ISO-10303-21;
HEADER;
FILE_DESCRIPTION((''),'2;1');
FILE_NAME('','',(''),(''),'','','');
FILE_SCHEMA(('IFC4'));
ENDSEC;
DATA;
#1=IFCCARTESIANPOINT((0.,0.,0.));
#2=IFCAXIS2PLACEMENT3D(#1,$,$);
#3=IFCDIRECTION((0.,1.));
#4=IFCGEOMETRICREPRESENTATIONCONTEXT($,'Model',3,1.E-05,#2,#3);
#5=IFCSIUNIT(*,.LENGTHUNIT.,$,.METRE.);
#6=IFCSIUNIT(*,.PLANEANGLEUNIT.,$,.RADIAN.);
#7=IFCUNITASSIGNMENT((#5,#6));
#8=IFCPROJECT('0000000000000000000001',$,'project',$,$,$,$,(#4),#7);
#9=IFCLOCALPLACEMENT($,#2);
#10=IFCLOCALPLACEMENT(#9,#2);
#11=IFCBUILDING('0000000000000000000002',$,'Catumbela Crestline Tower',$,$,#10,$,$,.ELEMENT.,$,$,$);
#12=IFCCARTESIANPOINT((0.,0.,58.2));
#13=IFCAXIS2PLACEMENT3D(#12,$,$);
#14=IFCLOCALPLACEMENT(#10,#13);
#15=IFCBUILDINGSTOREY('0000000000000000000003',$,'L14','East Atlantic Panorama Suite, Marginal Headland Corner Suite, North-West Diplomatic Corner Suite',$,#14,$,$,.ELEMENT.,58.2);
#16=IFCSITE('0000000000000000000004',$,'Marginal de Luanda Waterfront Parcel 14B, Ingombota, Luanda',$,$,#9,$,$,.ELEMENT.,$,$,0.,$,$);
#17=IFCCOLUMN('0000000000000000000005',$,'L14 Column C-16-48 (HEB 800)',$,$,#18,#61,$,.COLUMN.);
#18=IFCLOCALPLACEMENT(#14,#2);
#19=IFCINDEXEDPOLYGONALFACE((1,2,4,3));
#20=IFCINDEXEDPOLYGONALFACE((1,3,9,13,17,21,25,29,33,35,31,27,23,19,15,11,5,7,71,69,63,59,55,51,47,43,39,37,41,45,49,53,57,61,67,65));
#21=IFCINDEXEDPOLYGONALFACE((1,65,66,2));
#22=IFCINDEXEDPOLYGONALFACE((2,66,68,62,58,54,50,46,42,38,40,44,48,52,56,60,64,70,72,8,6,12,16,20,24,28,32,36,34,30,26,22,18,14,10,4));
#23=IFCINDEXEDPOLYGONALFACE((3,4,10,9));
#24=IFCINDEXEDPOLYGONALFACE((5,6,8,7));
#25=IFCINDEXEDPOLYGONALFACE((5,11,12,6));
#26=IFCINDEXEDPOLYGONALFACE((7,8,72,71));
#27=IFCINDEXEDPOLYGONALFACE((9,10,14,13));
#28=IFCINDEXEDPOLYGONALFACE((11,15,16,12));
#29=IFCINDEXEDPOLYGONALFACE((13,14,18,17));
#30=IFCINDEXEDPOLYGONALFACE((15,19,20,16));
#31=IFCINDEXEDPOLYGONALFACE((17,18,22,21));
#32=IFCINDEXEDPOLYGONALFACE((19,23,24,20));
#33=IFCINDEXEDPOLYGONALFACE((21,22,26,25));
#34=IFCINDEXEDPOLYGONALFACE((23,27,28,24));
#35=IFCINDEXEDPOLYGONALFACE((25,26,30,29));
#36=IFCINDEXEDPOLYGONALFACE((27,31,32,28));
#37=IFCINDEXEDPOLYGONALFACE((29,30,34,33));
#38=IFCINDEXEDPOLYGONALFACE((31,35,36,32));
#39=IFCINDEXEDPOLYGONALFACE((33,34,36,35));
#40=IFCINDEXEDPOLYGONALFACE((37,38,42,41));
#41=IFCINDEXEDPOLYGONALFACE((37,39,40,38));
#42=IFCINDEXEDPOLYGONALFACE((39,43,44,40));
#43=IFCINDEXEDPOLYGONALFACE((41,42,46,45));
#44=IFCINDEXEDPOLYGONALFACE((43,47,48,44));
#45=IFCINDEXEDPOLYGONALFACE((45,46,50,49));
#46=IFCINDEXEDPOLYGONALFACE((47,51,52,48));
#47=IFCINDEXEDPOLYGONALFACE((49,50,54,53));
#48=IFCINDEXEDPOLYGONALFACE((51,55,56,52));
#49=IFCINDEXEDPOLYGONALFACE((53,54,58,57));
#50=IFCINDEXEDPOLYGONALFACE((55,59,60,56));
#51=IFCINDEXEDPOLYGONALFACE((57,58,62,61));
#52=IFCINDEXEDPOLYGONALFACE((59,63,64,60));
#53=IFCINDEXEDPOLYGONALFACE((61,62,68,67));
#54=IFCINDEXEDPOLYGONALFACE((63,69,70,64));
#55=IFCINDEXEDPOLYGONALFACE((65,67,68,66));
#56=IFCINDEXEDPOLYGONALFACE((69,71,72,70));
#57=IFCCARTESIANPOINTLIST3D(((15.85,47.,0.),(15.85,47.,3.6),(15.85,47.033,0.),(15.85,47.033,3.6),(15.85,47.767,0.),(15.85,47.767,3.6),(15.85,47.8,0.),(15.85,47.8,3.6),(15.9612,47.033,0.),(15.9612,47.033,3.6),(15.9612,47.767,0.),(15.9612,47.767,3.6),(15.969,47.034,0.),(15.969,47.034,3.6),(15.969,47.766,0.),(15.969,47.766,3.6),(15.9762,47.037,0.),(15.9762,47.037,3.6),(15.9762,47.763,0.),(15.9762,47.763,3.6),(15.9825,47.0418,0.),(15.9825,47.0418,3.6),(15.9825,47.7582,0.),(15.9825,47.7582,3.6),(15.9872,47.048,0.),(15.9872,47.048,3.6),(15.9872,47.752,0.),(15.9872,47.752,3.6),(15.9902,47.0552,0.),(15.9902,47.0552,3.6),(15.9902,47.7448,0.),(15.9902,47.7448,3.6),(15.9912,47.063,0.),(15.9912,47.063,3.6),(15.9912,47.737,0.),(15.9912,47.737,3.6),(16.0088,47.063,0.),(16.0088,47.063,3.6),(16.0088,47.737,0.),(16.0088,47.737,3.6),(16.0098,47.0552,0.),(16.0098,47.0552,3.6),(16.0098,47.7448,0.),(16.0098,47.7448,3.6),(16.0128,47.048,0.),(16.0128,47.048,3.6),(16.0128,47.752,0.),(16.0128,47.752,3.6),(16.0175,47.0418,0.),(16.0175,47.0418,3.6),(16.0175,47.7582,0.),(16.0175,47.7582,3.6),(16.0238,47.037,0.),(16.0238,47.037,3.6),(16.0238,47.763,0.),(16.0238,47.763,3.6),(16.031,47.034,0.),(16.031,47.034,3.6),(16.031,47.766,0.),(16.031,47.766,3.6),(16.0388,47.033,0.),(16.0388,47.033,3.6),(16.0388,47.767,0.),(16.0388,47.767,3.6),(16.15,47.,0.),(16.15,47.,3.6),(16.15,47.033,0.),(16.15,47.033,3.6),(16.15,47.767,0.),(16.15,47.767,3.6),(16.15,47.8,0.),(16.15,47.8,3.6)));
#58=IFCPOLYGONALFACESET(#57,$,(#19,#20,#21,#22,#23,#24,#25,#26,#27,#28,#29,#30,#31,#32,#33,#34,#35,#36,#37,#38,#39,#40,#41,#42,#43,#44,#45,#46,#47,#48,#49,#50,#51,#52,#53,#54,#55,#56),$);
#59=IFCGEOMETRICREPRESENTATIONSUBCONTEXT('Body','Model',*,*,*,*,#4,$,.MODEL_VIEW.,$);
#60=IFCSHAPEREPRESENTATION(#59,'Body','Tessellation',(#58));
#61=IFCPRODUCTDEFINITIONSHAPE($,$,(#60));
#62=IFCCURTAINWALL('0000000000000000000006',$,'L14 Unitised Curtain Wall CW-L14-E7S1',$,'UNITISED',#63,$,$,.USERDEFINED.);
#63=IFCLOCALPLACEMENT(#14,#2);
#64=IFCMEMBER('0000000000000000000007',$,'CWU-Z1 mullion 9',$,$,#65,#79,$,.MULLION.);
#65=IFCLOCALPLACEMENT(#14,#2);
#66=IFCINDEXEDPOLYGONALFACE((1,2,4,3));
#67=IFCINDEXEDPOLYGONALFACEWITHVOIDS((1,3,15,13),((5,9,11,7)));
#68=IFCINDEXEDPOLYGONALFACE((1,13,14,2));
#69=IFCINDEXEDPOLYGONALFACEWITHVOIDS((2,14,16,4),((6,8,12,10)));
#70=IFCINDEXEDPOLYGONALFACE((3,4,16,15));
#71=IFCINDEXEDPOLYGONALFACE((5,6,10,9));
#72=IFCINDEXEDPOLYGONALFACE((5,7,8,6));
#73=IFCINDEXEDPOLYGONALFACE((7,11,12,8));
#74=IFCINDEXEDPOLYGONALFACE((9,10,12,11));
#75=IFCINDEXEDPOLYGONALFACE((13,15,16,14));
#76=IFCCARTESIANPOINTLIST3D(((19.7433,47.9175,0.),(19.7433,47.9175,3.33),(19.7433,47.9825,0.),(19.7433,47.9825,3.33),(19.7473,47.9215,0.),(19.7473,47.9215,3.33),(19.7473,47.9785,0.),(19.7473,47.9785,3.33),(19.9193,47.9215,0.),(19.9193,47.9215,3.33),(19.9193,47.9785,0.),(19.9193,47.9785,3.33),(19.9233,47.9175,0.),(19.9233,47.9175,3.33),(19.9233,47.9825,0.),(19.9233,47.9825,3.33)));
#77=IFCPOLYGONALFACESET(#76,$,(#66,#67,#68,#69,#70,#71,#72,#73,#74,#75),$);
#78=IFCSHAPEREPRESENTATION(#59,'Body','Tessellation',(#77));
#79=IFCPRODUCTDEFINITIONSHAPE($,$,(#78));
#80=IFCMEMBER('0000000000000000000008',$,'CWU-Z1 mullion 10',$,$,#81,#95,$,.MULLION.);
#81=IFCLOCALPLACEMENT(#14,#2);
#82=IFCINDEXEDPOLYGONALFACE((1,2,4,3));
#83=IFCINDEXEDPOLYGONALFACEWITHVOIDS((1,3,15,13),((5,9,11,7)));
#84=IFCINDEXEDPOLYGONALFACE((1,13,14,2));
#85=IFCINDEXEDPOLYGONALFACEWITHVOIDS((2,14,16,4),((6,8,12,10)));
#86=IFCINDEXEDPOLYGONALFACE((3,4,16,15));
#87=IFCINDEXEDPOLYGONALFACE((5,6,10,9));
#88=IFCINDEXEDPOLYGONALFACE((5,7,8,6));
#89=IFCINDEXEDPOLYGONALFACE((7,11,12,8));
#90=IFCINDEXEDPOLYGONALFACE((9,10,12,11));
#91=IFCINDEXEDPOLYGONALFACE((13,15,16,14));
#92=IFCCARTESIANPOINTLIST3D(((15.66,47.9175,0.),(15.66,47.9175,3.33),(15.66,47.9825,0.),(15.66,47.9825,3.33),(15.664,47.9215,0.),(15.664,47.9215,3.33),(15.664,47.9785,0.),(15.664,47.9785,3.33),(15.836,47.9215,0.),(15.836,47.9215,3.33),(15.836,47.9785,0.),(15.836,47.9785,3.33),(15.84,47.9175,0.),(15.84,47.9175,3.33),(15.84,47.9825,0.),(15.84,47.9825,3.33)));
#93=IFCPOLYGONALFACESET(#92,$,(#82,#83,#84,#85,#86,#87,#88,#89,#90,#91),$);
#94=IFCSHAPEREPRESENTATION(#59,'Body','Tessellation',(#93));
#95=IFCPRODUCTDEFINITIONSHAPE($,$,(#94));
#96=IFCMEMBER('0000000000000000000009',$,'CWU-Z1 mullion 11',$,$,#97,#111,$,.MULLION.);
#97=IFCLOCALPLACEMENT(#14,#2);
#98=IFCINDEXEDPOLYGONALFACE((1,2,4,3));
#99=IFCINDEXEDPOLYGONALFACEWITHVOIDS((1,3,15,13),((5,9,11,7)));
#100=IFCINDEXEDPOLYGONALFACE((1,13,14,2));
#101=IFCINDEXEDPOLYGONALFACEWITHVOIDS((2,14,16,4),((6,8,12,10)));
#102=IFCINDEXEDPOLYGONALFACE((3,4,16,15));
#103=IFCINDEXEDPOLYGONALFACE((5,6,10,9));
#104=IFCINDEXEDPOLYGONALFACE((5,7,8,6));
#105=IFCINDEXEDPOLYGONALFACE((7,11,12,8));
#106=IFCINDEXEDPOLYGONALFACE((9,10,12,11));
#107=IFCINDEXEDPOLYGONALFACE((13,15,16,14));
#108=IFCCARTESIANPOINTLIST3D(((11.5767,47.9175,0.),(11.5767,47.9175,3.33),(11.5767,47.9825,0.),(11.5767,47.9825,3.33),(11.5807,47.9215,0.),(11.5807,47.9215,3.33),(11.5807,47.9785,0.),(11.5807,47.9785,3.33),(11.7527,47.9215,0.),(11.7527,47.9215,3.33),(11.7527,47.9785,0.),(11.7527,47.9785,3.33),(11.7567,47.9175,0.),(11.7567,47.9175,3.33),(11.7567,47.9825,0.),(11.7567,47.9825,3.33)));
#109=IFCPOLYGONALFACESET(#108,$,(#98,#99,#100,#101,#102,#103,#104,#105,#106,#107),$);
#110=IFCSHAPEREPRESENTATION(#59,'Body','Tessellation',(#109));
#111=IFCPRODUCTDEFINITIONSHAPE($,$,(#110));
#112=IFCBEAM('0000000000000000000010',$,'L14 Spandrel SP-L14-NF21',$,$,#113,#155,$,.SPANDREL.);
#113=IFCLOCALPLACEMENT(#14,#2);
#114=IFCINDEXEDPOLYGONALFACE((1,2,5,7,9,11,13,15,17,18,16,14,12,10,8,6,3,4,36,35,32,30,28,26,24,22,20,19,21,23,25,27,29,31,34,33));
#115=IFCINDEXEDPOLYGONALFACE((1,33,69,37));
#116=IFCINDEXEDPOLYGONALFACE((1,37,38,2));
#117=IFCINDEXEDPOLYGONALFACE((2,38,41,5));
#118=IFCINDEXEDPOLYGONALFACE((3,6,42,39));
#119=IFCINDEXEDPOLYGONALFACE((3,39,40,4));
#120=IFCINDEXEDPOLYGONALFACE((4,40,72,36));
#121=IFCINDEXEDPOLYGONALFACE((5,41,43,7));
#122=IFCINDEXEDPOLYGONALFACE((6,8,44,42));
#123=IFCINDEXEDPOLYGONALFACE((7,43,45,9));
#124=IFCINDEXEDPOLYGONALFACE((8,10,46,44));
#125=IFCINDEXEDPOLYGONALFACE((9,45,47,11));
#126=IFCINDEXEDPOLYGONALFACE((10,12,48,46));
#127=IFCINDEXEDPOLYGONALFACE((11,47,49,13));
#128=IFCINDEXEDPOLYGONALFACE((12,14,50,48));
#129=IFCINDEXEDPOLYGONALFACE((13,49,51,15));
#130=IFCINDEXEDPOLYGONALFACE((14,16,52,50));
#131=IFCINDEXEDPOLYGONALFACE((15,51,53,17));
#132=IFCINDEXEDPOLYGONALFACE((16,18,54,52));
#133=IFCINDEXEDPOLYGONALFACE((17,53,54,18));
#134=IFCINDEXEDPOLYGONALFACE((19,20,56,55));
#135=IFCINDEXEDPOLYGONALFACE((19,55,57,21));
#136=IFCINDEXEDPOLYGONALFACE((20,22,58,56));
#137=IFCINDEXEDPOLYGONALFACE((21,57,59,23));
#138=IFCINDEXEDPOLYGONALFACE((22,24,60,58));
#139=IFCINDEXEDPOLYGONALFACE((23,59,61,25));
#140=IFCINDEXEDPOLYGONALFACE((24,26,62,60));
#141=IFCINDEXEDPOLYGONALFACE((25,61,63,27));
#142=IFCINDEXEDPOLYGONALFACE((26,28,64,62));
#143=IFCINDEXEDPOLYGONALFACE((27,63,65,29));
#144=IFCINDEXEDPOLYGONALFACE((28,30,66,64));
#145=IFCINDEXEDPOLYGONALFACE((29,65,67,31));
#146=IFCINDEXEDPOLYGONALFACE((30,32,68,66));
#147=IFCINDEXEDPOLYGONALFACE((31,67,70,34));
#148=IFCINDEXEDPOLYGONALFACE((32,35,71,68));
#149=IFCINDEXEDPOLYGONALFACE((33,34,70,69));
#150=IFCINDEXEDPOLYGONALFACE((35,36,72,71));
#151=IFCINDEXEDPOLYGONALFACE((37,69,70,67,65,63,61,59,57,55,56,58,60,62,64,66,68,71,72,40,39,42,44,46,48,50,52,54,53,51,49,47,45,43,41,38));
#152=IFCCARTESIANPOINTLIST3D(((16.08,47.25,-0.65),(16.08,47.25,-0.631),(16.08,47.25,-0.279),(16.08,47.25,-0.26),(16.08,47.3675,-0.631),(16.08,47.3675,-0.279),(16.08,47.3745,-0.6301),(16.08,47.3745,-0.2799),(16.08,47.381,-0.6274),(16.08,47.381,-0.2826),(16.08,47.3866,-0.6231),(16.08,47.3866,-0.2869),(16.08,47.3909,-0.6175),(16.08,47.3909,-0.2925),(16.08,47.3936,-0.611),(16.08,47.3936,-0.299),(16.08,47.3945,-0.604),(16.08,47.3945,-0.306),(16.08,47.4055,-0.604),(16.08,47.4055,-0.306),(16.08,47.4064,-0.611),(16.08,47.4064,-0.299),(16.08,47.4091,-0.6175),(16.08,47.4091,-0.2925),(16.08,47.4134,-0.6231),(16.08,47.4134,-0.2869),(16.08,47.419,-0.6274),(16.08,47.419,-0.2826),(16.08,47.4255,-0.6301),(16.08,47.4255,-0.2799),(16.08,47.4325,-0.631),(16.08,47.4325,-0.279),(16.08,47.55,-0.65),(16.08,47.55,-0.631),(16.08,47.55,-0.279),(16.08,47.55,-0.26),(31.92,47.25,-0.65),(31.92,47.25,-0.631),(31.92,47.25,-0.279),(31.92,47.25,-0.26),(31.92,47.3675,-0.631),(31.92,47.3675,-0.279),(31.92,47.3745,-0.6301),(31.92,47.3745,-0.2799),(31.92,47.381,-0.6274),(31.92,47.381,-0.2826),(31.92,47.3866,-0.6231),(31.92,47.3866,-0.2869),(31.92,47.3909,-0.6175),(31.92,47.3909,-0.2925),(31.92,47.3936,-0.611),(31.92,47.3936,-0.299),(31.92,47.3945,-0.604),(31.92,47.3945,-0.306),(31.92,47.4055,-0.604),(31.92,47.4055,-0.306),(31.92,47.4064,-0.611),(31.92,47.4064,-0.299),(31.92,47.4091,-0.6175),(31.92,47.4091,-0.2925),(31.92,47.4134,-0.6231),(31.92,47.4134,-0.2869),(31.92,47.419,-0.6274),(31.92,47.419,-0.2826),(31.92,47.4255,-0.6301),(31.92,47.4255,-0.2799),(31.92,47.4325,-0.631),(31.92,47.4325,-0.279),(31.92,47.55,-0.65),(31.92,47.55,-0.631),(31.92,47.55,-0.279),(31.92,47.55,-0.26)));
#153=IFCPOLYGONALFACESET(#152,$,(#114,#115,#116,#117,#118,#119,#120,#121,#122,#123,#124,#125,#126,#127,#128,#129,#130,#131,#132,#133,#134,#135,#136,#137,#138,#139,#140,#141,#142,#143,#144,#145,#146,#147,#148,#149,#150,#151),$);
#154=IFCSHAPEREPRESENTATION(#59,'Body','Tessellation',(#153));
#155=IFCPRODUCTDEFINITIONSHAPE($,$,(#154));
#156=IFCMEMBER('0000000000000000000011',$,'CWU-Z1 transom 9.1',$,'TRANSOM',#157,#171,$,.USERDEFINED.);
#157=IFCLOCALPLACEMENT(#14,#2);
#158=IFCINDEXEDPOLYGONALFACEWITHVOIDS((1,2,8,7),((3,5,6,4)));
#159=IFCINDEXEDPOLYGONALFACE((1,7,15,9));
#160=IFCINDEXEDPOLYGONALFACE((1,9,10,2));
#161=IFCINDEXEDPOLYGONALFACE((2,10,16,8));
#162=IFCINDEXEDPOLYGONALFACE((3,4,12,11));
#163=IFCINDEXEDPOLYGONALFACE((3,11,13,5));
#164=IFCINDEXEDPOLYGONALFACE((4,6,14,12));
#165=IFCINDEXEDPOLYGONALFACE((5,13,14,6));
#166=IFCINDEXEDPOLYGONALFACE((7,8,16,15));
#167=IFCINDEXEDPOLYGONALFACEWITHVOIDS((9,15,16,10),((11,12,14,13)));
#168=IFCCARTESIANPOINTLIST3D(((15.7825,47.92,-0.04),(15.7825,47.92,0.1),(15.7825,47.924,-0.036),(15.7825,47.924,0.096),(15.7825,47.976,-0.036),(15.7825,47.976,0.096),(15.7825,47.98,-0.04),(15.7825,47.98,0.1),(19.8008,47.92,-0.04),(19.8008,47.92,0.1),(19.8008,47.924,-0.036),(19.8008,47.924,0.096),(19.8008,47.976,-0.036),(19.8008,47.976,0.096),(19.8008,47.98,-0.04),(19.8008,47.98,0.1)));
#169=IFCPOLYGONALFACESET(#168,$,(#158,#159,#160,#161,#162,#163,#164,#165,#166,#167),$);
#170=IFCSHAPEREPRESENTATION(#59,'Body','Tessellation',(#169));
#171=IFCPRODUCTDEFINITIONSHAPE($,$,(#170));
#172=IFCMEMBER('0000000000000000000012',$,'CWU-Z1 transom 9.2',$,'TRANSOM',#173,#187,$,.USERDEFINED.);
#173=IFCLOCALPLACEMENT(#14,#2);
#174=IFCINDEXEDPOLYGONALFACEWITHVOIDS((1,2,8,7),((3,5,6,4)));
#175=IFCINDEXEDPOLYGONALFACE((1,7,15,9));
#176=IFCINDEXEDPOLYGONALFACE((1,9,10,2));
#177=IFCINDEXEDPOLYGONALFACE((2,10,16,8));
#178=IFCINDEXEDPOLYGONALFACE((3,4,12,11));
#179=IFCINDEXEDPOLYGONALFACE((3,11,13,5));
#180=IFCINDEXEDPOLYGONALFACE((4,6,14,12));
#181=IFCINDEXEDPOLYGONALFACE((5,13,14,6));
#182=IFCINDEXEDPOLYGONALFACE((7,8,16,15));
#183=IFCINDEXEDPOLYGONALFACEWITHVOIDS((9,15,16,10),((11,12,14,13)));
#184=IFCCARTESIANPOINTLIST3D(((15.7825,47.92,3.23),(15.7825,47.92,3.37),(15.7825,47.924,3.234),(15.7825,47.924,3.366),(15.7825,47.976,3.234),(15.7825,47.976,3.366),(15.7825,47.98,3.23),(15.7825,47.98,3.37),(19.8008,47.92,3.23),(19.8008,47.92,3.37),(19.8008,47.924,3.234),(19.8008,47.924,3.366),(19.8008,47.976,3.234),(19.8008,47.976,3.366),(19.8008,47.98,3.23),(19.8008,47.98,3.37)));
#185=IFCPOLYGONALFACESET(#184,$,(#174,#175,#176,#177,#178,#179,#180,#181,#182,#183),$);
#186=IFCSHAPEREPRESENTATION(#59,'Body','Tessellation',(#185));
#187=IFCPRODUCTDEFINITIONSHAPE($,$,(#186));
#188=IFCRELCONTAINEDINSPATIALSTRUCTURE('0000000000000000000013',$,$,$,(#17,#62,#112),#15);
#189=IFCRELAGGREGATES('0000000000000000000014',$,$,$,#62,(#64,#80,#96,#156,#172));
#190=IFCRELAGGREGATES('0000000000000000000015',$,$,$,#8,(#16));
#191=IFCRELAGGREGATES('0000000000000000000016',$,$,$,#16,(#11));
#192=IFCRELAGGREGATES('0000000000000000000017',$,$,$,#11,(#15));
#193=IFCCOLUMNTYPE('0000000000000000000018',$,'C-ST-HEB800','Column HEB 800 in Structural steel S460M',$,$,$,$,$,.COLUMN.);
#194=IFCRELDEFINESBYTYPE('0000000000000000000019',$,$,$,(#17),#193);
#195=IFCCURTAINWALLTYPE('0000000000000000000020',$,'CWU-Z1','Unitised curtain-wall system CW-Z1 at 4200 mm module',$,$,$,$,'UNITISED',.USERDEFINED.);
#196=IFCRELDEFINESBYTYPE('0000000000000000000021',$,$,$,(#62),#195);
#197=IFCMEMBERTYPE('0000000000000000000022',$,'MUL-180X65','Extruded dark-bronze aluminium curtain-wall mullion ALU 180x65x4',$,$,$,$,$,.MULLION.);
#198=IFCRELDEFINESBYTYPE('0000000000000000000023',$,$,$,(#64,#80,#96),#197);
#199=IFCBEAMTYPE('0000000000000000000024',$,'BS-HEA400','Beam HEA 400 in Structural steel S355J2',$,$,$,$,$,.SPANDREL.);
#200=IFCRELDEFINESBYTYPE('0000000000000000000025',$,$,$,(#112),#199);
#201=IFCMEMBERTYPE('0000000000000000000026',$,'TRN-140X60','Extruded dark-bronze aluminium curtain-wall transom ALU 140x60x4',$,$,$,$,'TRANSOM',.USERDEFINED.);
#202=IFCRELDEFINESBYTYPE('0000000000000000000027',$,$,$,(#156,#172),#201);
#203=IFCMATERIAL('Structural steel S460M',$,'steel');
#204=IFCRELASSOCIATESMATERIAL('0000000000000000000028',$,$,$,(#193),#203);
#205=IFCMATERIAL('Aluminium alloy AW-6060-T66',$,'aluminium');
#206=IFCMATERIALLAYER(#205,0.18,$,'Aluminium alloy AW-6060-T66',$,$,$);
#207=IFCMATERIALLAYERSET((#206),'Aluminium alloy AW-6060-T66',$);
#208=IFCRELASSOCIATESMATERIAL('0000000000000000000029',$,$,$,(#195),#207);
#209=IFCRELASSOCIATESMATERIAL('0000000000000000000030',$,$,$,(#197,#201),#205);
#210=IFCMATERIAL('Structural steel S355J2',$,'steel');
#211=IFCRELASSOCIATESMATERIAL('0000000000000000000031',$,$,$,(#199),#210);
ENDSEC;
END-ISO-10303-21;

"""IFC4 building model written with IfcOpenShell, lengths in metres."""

from ifc_helpers import new_model, si_unit, direction, frame, origin, origin_2d, place, context, subcontext, project, spatial, hollow_rectangle, i_section, extrude, material, layer, layer_set, material_profile, profile_set, type_object, element, aggregate, save


model = new_model("IFC4")

# Units and contexts
model_context = context("Model", 3, precision=1e-05, world=origin(), true_north=direction((0.0, 1.0)))
body_context = subcontext(model_context, "Body", "Model", "MODEL_VIEW")
ifc_project = project(units=[si_unit("LENGTHUNIT", "METRE"), si_unit("PLANEANGLEUNIT", "RADIAN")], contexts=[model_context])

# Site, building, storey
site_placement = place(None, origin())
site = spatial("IfcSite", under=ifc_project, at=site_placement, Name="Marginal de Luanda Waterfront Parcel 14B, Ingombota, Luanda", CompositionType="ELEMENT", RefElevation=0.0)
building_placement = place(site_placement, origin())
building = spatial("IfcBuilding", under=site, at=building_placement, Name="Catumbela Crestline Tower", CompositionType="ELEMENT")
storey_placement = place(building_placement, frame((0.0, 0.0, 58.2)))
storey = spatial("IfcBuildingStorey", under=building, at=storey_placement, Name="L14", Description="East Atlantic Panorama Suite, Marginal Headland Corner Suite, North-West Diplomatic Corner Suite", CompositionType="ELEMENT", Elevation=58.2)

# Column
ifc_material_1 = material(Name="Structural steel S460M", Category="steel")
ifc_material_profile_1 = material_profile(ifc_material_1, i_section(OverallWidth=0.3, OverallDepth=0.8, WebThickness=0.0175, FlangeThickness=0.033, FilletRadius=0.03, at=origin_2d()), Name="HEB 800")
ifc_profile_set_1 = profile_set([ifc_material_profile_1], Name="Structural steel S460M")
column_type = type_object("IfcColumnType", Name="C-ST-HEB800", Description="Column HEB 800 in Structural steel S460M", PredefinedType="COLUMN", material=ifc_profile_set_1)
column_placement = place(storey_placement, frame((16.0, 47.4, 0.0), z_axis=(0.0, 0.0, 1.0), x_axis=(1.0, 0.0, 0.0)))
element("IfcColumn", 1, at=column_placement, inside=storey, type_object=column_type, Name="L14 Column C-16-48 (HEB 800)", PredefinedType="COLUMN", context=body_context, shape_type="SweptSolid", body=[
    extrude(i_section(OverallWidth=0.3, OverallDepth=0.8, WebThickness=0.0175, FlangeThickness=0.033, FilletRadius=0.03, at=origin_2d()), origin(), (0.0, 0.0, 1.0), 3.6),
])

# Curtain wall, members
ifc_material_2 = material(Name="Aluminium alloy AW-6060-T66", Category="aluminium")
ifc_layer_1 = layer(ifc_material_2, 0.18, Name="Aluminium alloy AW-6060-T66")
ifc_layer_set_1 = layer_set([ifc_layer_1], Name="Aluminium alloy AW-6060-T66")
curtain_wall_type = type_object("IfcCurtainWallType", Name="CWU-Z1", Description="Unitised curtain-wall system CW-Z1 at 4200 mm module", ElementType="UNITISED", PredefinedType="USERDEFINED", material=ifc_layer_set_1)
curtain_wall_placement = place(storey_placement, origin())
curtain_wall = element("IfcCurtainWall", 2, at=curtain_wall_placement, inside=storey, type_object=curtain_wall_type, Name="L14 Unitised Curtain Wall CW-L14-E7S1", ObjectType="UNITISED", PredefinedType="USERDEFINED")
ifc_material_profile_2 = material_profile(ifc_material_2, hollow_rectangle(XDim=0.065, YDim=0.18, WallThickness=0.004, at=origin_2d()), Name="ALU 180x65x4")
ifc_profile_set_2 = profile_set([ifc_material_profile_2], Name="Aluminium alloy AW-6060-T66")
member_type_1 = type_object("IfcMemberType", Name="MUL-180X65", Description="Extruded dark-bronze aluminium curtain-wall mullion ALU 180x65x4", PredefinedType="MULLION", material=ifc_profile_set_2)
member_1_placement = place(storey_placement, frame((19.8333, 47.95, 0.0), z_axis=(0.0, 0.0, 1.0), x_axis=(0.0, -1.0, 0.0)))
member_1 = element("IfcMember", 3, at=member_1_placement, type_object=member_type_1, Name="CWU-Z1 mullion 9", PredefinedType="MULLION", context=body_context, shape_type="SweptSolid", body=[
    extrude(hollow_rectangle(XDim=0.065, YDim=0.18, WallThickness=0.004, at=origin_2d()), origin(), (0.0, 0.0, 1.0), 3.33),
])
member_2_placement = place(storey_placement, frame((15.75, 47.95, 0.0), z_axis=(0.0, 0.0, 1.0), x_axis=(0.0, -1.0, 0.0)))
member_2 = element("IfcMember", 4, at=member_2_placement, type_object=member_type_1, Name="CWU-Z1 mullion 10", PredefinedType="MULLION", context=body_context, shape_type="SweptSolid", body=[
    extrude(hollow_rectangle(XDim=0.065, YDim=0.18, WallThickness=0.004, at=origin_2d()), origin(), (0.0, 0.0, 1.0), 3.33),
])
member_3_placement = place(storey_placement, frame((11.6667, 47.95, 0.0), z_axis=(0.0, 0.0, 1.0), x_axis=(0.0, -1.0, 0.0)))
member_3 = element("IfcMember", 5, at=member_3_placement, type_object=member_type_1, Name="CWU-Z1 mullion 11", PredefinedType="MULLION", context=body_context, shape_type="SweptSolid", body=[
    extrude(hollow_rectangle(XDim=0.065, YDim=0.18, WallThickness=0.004, at=origin_2d()), origin(), (0.0, 0.0, 1.0), 3.33),
])

# Beam
ifc_material_3 = material(Name="Structural steel S355J2", Category="steel")
ifc_material_profile_3 = material_profile(ifc_material_3, i_section(OverallWidth=0.3, OverallDepth=0.39, WebThickness=0.011, FlangeThickness=0.019, FilletRadius=0.027, at=origin_2d()), Name="HEA 400")
ifc_profile_set_3 = profile_set([ifc_material_profile_3], Name="Structural steel S355J2")
beam_type = type_object("IfcBeamType", Name="BS-HEA400", Description="Beam HEA 400 in Structural steel S355J2", PredefinedType="SPANDREL", material=ifc_profile_set_3)
beam_placement = place(storey_placement, frame((16.08, 47.4, -0.455), z_axis=(1.0, 0.0, 0.0), x_axis=(0.0, 1.0, 0.0)))
element("IfcBeam", 6, at=beam_placement, inside=storey, type_object=beam_type, Name="L14 Spandrel SP-L14-NF21", PredefinedType="SPANDREL", context=body_context, shape_type="SweptSolid", body=[
    extrude(i_section(OverallWidth=0.3, OverallDepth=0.39, WebThickness=0.011, FlangeThickness=0.019, FilletRadius=0.027, at=origin_2d()), origin(), (0.0, 0.0, 1.0), 15.84),
])

# Members
ifc_material_profile_4 = material_profile(ifc_material_2, hollow_rectangle(XDim=0.06, YDim=0.14, WallThickness=0.004, at=origin_2d()), Name="ALU 140x60x4")
ifc_profile_set_4 = profile_set([ifc_material_profile_4], Name="Aluminium alloy AW-6060-T66")
member_type_2 = type_object("IfcMemberType", Name="TRN-140X60", Description="Extruded dark-bronze aluminium curtain-wall transom ALU 140x60x4", ElementType="TRANSOM", PredefinedType="USERDEFINED", material=ifc_profile_set_4)
member_4_placement = place(storey_placement, frame((19.8008, 47.95, 0.03), z_axis=(-1.0, 0.0, 0.0), x_axis=(0.0, -1.0, 0.0)))
member_4 = element("IfcMember", 7, at=member_4_placement, type_object=member_type_2, Name="CWU-Z1 transom 9.1", ObjectType="TRANSOM", PredefinedType="USERDEFINED", context=body_context, shape_type="SweptSolid", body=[
    extrude(hollow_rectangle(XDim=0.06, YDim=0.14, WallThickness=0.004, at=origin_2d()), origin(), (0.0, 0.0, 1.0), 4.0183),
])
member_5_placement = place(storey_placement, frame((19.8008, 47.95, 3.3), z_axis=(-1.0, 0.0, 0.0), x_axis=(0.0, -1.0, 0.0)))
member_5 = element("IfcMember", 8, at=member_5_placement, type_object=member_type_2, Name="CWU-Z1 transom 9.2", ObjectType="TRANSOM", PredefinedType="USERDEFINED", context=body_context, shape_type="SweptSolid", body=[
    extrude(hollow_rectangle(XDim=0.06, YDim=0.14, WallThickness=0.004, at=origin_2d()), origin(), (0.0, 0.0, 1.0), 4.0183),
])

aggregate(curtain_wall, [member_1, member_2, member_3, member_4, member_5])

save(model, "model.ifc")
